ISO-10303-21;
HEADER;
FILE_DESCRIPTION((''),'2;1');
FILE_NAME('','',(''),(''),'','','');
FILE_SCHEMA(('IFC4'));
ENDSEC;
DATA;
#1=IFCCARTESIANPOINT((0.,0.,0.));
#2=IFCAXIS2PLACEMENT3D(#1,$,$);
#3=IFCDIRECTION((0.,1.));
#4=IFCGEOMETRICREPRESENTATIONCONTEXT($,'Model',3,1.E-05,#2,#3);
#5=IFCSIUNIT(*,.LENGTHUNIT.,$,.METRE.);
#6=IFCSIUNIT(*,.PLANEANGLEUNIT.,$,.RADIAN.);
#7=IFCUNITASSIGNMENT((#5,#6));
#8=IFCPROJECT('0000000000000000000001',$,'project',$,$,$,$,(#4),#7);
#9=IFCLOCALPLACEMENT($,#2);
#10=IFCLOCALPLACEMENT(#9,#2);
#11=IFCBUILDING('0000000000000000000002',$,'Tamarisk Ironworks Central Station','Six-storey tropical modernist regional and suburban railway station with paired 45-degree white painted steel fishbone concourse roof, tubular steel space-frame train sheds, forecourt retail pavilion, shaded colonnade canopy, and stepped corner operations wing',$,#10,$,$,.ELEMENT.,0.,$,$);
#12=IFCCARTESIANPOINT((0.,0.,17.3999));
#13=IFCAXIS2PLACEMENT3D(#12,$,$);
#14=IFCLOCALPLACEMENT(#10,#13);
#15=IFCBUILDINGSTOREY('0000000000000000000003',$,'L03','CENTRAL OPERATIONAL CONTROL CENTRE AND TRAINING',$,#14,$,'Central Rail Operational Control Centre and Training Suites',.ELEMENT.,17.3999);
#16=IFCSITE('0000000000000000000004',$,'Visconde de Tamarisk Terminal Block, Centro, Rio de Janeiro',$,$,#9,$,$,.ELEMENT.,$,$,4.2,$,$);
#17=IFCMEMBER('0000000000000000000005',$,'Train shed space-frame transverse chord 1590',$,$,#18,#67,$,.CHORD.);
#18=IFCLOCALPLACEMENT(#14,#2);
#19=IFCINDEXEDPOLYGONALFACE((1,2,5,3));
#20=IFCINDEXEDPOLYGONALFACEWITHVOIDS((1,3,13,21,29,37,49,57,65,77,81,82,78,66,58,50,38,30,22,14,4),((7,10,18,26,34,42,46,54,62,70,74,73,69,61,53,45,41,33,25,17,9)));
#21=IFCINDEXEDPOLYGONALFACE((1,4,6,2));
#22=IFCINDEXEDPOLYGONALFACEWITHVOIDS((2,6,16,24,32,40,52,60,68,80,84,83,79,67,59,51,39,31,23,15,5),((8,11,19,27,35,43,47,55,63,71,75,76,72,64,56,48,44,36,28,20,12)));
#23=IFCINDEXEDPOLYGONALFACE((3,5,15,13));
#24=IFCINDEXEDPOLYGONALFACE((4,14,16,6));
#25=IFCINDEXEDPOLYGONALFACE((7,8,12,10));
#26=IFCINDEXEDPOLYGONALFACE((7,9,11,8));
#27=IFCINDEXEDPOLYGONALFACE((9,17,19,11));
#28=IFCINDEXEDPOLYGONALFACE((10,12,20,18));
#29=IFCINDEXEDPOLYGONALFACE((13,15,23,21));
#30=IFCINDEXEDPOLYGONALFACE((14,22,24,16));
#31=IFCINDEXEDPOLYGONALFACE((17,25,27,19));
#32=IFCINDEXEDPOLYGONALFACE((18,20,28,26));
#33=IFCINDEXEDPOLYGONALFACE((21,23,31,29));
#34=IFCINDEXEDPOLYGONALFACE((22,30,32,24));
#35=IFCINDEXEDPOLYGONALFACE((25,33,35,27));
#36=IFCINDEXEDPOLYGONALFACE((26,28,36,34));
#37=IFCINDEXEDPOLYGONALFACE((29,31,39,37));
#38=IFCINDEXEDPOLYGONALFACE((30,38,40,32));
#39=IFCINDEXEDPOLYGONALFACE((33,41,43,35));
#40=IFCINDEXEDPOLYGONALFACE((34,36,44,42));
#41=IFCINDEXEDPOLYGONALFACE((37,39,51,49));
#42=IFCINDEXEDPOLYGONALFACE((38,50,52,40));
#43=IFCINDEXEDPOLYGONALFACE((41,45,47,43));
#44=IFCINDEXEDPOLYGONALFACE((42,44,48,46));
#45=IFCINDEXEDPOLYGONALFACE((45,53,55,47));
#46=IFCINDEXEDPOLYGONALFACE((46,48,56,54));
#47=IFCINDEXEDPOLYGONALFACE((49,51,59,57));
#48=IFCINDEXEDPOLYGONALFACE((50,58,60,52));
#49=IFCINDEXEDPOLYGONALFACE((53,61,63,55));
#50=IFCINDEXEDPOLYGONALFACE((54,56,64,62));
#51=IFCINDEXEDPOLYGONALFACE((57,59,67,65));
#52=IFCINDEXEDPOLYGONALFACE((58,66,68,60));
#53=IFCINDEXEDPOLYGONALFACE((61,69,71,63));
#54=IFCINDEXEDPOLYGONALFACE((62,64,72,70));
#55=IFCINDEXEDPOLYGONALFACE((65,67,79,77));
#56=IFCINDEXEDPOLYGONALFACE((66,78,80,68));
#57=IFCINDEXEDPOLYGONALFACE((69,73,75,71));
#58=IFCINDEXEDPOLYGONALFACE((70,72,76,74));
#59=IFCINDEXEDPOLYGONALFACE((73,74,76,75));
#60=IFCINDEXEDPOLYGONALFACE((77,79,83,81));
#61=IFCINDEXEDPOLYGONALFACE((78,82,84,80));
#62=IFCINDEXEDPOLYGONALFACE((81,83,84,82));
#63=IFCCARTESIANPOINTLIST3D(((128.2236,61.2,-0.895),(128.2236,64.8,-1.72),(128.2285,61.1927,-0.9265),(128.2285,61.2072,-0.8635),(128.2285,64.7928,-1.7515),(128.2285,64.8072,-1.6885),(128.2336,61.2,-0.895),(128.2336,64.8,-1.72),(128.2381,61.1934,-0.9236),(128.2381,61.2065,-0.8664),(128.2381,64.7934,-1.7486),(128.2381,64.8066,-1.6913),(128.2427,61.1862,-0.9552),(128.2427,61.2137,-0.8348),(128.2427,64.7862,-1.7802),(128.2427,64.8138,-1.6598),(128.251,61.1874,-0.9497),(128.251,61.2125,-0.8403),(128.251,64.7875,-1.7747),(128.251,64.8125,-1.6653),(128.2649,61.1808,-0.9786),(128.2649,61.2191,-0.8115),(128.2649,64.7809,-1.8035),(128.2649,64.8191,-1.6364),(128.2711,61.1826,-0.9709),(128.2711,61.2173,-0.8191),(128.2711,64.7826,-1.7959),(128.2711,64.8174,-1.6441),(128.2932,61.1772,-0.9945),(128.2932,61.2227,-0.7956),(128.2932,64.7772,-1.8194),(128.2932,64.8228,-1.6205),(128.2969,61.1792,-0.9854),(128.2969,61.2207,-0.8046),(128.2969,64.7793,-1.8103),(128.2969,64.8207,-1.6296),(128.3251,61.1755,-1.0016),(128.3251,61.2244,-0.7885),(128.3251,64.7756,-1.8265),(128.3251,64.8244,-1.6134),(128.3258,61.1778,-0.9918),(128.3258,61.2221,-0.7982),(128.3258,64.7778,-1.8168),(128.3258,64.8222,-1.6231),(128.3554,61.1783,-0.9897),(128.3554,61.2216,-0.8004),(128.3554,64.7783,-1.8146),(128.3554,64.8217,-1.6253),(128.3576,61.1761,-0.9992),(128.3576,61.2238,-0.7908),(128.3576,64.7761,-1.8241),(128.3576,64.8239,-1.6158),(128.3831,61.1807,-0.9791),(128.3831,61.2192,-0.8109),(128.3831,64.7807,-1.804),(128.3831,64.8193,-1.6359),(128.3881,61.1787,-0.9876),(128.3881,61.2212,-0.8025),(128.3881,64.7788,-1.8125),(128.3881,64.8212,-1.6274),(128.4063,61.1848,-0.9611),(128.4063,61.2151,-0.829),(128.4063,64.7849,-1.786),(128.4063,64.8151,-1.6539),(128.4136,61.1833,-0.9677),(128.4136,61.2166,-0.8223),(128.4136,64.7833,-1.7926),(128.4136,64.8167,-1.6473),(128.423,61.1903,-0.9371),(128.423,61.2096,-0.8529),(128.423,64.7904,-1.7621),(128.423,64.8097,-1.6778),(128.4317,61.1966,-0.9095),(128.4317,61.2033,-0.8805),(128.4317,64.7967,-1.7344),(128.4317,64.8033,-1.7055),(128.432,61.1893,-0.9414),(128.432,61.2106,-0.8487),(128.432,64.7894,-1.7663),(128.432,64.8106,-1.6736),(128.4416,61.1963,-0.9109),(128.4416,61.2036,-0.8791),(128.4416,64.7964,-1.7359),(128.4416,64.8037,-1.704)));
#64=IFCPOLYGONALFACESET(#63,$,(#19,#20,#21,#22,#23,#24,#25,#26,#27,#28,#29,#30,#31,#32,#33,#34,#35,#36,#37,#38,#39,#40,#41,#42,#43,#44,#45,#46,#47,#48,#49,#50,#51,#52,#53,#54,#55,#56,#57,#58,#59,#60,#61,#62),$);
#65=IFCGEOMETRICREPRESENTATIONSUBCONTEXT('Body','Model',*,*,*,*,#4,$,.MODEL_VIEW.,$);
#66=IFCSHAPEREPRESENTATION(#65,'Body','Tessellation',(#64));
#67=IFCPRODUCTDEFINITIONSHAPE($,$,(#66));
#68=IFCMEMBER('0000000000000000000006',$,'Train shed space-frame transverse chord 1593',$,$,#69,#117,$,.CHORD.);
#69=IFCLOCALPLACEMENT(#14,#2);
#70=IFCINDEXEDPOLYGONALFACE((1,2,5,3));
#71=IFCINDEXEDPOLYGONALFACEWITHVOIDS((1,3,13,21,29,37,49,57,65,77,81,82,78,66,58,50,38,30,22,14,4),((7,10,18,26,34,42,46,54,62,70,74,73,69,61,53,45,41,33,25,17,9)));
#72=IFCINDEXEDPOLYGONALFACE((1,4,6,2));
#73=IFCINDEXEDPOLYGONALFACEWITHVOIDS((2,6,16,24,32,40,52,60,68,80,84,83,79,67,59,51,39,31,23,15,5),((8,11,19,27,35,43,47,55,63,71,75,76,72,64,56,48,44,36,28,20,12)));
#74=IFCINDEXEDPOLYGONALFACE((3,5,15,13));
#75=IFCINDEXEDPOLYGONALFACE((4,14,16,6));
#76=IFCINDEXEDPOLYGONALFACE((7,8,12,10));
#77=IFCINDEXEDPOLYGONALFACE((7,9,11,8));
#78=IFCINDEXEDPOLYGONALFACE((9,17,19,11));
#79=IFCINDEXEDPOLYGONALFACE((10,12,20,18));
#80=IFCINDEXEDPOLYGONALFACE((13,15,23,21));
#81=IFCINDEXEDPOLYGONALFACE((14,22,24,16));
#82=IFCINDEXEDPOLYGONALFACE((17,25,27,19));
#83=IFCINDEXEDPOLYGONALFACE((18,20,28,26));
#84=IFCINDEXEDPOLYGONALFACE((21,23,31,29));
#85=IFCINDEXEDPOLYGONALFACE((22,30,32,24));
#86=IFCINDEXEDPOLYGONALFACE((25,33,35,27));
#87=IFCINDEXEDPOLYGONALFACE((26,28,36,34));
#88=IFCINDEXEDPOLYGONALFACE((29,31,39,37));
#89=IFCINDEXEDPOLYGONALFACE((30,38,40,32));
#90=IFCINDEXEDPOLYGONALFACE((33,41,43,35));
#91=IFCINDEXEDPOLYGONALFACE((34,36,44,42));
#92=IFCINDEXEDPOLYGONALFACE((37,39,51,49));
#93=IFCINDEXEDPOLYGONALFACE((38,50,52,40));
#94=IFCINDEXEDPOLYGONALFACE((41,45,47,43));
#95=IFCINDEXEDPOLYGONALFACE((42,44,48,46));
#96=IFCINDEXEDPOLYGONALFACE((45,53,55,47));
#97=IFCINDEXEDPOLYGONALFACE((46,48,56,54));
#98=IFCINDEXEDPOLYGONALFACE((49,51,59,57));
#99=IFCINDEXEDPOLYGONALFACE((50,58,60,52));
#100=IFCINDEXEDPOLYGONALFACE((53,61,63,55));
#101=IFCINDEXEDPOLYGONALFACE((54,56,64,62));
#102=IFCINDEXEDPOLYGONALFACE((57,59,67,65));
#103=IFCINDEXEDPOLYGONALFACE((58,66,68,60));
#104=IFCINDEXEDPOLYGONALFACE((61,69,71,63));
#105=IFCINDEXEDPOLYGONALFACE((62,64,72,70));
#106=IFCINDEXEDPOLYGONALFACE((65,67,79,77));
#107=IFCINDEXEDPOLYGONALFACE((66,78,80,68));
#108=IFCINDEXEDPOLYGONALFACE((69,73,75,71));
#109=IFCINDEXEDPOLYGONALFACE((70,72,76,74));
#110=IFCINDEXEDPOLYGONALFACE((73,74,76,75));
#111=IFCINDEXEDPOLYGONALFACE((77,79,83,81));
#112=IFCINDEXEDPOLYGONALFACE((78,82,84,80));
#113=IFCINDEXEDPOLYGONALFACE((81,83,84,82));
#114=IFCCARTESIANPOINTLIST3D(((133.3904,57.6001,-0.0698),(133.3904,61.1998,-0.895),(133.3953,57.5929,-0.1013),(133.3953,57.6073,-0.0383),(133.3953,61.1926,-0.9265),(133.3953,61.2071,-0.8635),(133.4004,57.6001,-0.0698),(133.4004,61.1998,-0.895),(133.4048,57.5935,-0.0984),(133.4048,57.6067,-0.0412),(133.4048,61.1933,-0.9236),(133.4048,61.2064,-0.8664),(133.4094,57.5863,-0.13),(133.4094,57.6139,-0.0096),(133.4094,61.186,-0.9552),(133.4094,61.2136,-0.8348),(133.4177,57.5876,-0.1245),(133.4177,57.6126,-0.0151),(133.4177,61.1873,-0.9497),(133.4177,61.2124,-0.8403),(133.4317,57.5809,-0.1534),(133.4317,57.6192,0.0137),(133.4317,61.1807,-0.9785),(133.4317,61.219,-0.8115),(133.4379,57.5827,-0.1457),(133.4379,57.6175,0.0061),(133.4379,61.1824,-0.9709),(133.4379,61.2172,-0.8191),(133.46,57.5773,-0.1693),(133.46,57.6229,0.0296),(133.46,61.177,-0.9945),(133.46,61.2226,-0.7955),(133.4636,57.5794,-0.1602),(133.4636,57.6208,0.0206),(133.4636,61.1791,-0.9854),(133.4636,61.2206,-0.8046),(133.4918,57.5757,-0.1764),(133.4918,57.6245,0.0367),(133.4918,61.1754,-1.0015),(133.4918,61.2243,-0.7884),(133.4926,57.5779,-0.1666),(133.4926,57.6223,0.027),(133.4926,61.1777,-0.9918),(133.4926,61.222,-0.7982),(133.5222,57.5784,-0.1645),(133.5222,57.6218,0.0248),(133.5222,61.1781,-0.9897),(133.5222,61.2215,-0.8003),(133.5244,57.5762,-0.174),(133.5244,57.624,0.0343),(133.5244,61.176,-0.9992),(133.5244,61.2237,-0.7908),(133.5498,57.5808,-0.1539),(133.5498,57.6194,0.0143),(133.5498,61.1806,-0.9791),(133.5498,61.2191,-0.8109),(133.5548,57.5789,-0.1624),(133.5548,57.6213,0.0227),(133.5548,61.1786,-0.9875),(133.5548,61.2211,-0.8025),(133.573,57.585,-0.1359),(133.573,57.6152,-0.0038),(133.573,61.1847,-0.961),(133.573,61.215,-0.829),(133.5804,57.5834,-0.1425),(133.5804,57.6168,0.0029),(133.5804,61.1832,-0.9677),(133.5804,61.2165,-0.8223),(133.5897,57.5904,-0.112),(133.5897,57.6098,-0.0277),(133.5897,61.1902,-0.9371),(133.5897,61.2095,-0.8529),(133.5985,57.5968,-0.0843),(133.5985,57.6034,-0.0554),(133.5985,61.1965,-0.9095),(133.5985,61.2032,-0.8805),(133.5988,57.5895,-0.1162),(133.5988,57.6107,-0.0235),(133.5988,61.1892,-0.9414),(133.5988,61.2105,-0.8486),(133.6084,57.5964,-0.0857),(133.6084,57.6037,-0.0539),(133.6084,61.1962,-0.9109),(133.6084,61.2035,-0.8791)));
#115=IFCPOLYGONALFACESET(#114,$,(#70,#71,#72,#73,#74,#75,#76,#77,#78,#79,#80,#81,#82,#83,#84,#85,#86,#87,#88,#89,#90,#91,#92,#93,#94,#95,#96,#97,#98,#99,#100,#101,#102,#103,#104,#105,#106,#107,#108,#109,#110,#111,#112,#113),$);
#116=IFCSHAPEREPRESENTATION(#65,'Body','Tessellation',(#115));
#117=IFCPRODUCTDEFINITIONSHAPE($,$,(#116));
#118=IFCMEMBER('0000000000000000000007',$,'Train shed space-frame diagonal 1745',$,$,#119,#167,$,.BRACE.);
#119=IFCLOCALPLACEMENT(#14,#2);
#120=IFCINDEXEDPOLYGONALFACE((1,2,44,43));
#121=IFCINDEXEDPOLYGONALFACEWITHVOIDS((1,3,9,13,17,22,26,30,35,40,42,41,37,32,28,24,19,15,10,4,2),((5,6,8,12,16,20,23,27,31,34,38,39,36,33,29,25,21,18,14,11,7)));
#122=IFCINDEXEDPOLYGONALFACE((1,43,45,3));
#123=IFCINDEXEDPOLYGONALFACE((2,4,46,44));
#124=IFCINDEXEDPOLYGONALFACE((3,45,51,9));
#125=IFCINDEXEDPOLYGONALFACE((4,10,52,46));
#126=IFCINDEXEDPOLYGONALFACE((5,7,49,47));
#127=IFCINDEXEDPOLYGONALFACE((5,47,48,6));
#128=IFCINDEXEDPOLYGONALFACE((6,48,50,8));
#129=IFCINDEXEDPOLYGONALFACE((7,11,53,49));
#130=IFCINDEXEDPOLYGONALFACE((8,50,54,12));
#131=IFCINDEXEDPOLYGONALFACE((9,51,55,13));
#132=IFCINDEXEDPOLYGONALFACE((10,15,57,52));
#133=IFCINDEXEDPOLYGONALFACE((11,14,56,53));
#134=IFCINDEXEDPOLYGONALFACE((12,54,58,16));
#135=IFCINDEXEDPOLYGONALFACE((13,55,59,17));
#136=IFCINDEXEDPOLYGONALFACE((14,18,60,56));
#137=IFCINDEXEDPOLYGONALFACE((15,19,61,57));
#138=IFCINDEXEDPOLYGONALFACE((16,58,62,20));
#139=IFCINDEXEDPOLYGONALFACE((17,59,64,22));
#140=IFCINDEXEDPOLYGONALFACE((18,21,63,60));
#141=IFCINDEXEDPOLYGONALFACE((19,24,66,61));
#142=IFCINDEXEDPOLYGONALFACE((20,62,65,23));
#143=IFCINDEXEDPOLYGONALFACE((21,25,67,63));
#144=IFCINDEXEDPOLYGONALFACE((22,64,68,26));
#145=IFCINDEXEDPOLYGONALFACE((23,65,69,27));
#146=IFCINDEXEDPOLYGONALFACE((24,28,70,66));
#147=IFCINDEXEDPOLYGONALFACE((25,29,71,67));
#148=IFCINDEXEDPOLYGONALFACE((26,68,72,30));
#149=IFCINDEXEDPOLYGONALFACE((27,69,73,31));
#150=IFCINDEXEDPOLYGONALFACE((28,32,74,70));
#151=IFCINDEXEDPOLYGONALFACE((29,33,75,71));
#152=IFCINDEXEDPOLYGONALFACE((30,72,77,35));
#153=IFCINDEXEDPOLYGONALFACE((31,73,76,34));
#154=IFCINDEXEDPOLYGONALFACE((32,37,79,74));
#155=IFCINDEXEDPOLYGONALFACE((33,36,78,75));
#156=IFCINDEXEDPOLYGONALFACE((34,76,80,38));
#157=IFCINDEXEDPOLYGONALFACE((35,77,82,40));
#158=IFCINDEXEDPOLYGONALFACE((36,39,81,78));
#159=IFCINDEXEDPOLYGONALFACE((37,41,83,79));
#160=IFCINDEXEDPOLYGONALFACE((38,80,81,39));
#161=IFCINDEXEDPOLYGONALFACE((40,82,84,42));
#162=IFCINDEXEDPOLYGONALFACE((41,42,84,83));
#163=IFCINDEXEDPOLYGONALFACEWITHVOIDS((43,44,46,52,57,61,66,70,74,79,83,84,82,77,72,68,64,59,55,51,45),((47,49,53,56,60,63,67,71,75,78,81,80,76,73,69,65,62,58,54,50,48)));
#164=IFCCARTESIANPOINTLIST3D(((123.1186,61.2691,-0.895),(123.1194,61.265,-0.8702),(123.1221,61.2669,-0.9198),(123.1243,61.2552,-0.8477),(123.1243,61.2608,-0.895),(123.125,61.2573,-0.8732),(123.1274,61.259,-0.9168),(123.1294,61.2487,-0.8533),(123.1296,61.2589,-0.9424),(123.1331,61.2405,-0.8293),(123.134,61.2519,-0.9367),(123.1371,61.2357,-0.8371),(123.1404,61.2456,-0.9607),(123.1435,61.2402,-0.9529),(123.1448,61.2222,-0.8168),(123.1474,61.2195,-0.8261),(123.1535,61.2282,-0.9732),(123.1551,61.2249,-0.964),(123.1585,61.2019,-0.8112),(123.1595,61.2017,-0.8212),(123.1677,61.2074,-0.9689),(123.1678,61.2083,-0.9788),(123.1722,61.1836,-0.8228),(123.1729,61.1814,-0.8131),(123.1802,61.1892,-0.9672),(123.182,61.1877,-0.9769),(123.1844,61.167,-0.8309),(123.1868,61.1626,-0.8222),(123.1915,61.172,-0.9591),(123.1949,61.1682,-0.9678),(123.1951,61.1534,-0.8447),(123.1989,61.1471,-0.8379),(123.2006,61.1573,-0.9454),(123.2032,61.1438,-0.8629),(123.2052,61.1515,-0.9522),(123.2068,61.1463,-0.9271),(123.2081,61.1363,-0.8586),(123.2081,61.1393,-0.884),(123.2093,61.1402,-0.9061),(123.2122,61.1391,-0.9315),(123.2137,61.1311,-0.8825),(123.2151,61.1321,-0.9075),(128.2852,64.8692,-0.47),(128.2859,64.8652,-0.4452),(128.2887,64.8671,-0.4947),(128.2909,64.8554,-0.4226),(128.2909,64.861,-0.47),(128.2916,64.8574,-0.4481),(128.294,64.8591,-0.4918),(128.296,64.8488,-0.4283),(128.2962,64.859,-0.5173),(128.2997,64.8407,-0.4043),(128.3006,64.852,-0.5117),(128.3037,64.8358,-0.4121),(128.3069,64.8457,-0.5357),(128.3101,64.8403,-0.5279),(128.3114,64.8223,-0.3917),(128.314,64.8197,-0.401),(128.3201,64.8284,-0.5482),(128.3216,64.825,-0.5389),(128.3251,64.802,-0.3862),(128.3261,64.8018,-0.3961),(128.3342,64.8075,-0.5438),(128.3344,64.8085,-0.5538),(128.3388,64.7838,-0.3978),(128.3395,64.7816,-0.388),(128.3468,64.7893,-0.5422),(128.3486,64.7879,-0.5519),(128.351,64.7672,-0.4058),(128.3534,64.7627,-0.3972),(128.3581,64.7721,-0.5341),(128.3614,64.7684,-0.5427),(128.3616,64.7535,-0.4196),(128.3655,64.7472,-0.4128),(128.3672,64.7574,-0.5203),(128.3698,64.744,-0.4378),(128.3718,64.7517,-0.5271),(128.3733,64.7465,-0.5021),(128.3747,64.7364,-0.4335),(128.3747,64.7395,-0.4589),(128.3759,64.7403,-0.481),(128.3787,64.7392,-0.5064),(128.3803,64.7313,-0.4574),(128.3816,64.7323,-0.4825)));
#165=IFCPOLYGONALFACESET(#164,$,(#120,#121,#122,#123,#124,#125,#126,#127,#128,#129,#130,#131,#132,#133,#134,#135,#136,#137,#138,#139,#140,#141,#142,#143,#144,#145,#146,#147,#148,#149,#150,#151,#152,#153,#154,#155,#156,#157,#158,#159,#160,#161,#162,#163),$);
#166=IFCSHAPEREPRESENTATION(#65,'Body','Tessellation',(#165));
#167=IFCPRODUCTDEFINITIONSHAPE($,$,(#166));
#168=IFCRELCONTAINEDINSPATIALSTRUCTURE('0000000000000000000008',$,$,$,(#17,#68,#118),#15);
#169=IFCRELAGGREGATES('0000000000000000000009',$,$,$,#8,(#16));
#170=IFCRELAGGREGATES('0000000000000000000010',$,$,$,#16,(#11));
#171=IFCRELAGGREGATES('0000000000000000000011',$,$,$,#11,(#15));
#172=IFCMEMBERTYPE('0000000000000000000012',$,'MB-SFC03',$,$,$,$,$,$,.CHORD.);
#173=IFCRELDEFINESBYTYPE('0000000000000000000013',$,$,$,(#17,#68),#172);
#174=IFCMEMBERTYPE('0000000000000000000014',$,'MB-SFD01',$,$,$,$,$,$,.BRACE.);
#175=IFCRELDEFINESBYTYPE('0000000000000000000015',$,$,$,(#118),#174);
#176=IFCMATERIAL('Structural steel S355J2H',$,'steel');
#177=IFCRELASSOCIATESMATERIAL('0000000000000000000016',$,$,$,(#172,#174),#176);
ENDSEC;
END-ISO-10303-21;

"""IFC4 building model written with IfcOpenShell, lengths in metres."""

from ifc_helpers import new_model, si_unit, direction, frame, origin, origin_2d, place, context, subcontext, project, spatial, hollow_circle, extrude, material, material_profile, profile_set, type_object, element, save


model = new_model("IFC4")

# Units and contexts
model_context = context("Model", 3, precision=1e-05, world=origin(), true_north=direction((0.0, 1.0)))
body_context = subcontext(model_context, "Body", "Model", "MODEL_VIEW")
ifc_project = project(units=[si_unit("LENGTHUNIT", "METRE"), si_unit("PLANEANGLEUNIT", "RADIAN")], contexts=[model_context])

# Site, building, storey
site_placement = place(None, origin())
site = spatial("IfcSite", under=ifc_project, at=site_placement, Name="Visconde de Tamarisk Terminal Block, Centro, Rio de Janeiro", CompositionType="ELEMENT", RefElevation=4.2)
building_placement = place(site_placement, origin())
building = spatial("IfcBuilding", under=site, at=building_placement, Name="Tamarisk Ironworks Central Station", Description="Six-storey tropical modernist regional and suburban railway station with paired 45-degree white painted steel fishbone concourse roof, tubular steel space-frame train sheds, forecourt retail pavilion, shaded colonnade canopy, and stepped corner operations wing", CompositionType="ELEMENT", ElevationOfRefHeight=0.0)
storey_placement = place(building_placement, frame((0.0, 0.0, 17.3999)))
storey = spatial("IfcBuildingStorey", under=building, at=storey_placement, Name="L03", Description="CENTRAL OPERATIONAL CONTROL CENTRE AND TRAINING", LongName="Central Rail Operational Control Centre and Training Suites", CompositionType="ELEMENT", Elevation=17.3999)

# Members
ifc_material = material(Name="Structural steel S355J2H", Category="steel")
ifc_material_profile_1 = material_profile(ifc_material, hollow_circle(Radius=0.1096, WallThickness=0.01, at=origin_2d()), Name="CHS 219.1x10")
ifc_profile_set_1 = profile_set([ifc_material_profile_1], Name="Structural steel S355J2H")
member_type_1 = type_object("IfcMemberType", Name="MB-SFC03", PredefinedType="CHORD", material=ifc_profile_set_1)
member_1_placement = place(storey_placement, frame((128.3333, 61.2, -0.895), z_axis=(0.0, 0.974737, -0.223358), x_axis=(-1.0, 0.0, 0.0)))
element("IfcMember", 1, at=member_1_placement, inside=storey, type_object=member_type_1, Name="Train shed space-frame transverse chord 1590", PredefinedType="CHORD", context=body_context, shape_type="SweptSolid", body=[
    extrude(hollow_circle(Radius=0.1096, WallThickness=0.01, at=origin_2d()), origin(), (0.0, 0.0, 1.0), 3.6934),
])
member_2_placement = place(storey_placement, frame((133.5, 57.6001, -0.0698), z_axis=(0.0, 0.974719, -0.223435), x_axis=(-1.0, 0.0, 0.0)))
element("IfcMember", 2, at=member_2_placement, inside=storey, type_object=member_type_1, Name="Train shed space-frame transverse chord 1593", PredefinedType="CHORD", context=body_context, shape_type="SweptSolid", body=[
    extrude(hollow_circle(Radius=0.1096, WallThickness=0.01, at=origin_2d()), origin(), (0.0, 0.0, 1.0), 3.6931),
])
ifc_material_profile_2 = material_profile(ifc_material, hollow_circle(Radius=0.0842, WallThickness=0.01, at=origin_2d()), Name="CHS 168.3x10")
ifc_profile_set_2 = profile_set([ifc_material_profile_2], Name="Structural steel S355J2H")
member_type_2 = type_object("IfcMemberType", Name="MB-SFD01", PredefinedType="BRACE", material=ifc_profile_set_2)
for number, where, z_axis, x_axis, name in (
    (3, (123.1667, 61.2, -0.895), (0.818595, 0.570409, 0.067346), (-0.571707, 0.820458, 0.0), "Train shed space-frame diagonal 1745"),
):
    element("IfcMember", number, at=place(storey_placement, frame(where, z_axis=z_axis, x_axis=x_axis)), inside=storey, type_object=member_type_2, Name=name, PredefinedType="BRACE", context=body_context, shape_type="SweptSolid", body=[
        extrude(hollow_circle(Radius=0.0842, WallThickness=0.01, at=origin_2d()), origin(), (0.0, 0.0, 1.0), 6.3115),
    ])

save(model, "model.ifc")
